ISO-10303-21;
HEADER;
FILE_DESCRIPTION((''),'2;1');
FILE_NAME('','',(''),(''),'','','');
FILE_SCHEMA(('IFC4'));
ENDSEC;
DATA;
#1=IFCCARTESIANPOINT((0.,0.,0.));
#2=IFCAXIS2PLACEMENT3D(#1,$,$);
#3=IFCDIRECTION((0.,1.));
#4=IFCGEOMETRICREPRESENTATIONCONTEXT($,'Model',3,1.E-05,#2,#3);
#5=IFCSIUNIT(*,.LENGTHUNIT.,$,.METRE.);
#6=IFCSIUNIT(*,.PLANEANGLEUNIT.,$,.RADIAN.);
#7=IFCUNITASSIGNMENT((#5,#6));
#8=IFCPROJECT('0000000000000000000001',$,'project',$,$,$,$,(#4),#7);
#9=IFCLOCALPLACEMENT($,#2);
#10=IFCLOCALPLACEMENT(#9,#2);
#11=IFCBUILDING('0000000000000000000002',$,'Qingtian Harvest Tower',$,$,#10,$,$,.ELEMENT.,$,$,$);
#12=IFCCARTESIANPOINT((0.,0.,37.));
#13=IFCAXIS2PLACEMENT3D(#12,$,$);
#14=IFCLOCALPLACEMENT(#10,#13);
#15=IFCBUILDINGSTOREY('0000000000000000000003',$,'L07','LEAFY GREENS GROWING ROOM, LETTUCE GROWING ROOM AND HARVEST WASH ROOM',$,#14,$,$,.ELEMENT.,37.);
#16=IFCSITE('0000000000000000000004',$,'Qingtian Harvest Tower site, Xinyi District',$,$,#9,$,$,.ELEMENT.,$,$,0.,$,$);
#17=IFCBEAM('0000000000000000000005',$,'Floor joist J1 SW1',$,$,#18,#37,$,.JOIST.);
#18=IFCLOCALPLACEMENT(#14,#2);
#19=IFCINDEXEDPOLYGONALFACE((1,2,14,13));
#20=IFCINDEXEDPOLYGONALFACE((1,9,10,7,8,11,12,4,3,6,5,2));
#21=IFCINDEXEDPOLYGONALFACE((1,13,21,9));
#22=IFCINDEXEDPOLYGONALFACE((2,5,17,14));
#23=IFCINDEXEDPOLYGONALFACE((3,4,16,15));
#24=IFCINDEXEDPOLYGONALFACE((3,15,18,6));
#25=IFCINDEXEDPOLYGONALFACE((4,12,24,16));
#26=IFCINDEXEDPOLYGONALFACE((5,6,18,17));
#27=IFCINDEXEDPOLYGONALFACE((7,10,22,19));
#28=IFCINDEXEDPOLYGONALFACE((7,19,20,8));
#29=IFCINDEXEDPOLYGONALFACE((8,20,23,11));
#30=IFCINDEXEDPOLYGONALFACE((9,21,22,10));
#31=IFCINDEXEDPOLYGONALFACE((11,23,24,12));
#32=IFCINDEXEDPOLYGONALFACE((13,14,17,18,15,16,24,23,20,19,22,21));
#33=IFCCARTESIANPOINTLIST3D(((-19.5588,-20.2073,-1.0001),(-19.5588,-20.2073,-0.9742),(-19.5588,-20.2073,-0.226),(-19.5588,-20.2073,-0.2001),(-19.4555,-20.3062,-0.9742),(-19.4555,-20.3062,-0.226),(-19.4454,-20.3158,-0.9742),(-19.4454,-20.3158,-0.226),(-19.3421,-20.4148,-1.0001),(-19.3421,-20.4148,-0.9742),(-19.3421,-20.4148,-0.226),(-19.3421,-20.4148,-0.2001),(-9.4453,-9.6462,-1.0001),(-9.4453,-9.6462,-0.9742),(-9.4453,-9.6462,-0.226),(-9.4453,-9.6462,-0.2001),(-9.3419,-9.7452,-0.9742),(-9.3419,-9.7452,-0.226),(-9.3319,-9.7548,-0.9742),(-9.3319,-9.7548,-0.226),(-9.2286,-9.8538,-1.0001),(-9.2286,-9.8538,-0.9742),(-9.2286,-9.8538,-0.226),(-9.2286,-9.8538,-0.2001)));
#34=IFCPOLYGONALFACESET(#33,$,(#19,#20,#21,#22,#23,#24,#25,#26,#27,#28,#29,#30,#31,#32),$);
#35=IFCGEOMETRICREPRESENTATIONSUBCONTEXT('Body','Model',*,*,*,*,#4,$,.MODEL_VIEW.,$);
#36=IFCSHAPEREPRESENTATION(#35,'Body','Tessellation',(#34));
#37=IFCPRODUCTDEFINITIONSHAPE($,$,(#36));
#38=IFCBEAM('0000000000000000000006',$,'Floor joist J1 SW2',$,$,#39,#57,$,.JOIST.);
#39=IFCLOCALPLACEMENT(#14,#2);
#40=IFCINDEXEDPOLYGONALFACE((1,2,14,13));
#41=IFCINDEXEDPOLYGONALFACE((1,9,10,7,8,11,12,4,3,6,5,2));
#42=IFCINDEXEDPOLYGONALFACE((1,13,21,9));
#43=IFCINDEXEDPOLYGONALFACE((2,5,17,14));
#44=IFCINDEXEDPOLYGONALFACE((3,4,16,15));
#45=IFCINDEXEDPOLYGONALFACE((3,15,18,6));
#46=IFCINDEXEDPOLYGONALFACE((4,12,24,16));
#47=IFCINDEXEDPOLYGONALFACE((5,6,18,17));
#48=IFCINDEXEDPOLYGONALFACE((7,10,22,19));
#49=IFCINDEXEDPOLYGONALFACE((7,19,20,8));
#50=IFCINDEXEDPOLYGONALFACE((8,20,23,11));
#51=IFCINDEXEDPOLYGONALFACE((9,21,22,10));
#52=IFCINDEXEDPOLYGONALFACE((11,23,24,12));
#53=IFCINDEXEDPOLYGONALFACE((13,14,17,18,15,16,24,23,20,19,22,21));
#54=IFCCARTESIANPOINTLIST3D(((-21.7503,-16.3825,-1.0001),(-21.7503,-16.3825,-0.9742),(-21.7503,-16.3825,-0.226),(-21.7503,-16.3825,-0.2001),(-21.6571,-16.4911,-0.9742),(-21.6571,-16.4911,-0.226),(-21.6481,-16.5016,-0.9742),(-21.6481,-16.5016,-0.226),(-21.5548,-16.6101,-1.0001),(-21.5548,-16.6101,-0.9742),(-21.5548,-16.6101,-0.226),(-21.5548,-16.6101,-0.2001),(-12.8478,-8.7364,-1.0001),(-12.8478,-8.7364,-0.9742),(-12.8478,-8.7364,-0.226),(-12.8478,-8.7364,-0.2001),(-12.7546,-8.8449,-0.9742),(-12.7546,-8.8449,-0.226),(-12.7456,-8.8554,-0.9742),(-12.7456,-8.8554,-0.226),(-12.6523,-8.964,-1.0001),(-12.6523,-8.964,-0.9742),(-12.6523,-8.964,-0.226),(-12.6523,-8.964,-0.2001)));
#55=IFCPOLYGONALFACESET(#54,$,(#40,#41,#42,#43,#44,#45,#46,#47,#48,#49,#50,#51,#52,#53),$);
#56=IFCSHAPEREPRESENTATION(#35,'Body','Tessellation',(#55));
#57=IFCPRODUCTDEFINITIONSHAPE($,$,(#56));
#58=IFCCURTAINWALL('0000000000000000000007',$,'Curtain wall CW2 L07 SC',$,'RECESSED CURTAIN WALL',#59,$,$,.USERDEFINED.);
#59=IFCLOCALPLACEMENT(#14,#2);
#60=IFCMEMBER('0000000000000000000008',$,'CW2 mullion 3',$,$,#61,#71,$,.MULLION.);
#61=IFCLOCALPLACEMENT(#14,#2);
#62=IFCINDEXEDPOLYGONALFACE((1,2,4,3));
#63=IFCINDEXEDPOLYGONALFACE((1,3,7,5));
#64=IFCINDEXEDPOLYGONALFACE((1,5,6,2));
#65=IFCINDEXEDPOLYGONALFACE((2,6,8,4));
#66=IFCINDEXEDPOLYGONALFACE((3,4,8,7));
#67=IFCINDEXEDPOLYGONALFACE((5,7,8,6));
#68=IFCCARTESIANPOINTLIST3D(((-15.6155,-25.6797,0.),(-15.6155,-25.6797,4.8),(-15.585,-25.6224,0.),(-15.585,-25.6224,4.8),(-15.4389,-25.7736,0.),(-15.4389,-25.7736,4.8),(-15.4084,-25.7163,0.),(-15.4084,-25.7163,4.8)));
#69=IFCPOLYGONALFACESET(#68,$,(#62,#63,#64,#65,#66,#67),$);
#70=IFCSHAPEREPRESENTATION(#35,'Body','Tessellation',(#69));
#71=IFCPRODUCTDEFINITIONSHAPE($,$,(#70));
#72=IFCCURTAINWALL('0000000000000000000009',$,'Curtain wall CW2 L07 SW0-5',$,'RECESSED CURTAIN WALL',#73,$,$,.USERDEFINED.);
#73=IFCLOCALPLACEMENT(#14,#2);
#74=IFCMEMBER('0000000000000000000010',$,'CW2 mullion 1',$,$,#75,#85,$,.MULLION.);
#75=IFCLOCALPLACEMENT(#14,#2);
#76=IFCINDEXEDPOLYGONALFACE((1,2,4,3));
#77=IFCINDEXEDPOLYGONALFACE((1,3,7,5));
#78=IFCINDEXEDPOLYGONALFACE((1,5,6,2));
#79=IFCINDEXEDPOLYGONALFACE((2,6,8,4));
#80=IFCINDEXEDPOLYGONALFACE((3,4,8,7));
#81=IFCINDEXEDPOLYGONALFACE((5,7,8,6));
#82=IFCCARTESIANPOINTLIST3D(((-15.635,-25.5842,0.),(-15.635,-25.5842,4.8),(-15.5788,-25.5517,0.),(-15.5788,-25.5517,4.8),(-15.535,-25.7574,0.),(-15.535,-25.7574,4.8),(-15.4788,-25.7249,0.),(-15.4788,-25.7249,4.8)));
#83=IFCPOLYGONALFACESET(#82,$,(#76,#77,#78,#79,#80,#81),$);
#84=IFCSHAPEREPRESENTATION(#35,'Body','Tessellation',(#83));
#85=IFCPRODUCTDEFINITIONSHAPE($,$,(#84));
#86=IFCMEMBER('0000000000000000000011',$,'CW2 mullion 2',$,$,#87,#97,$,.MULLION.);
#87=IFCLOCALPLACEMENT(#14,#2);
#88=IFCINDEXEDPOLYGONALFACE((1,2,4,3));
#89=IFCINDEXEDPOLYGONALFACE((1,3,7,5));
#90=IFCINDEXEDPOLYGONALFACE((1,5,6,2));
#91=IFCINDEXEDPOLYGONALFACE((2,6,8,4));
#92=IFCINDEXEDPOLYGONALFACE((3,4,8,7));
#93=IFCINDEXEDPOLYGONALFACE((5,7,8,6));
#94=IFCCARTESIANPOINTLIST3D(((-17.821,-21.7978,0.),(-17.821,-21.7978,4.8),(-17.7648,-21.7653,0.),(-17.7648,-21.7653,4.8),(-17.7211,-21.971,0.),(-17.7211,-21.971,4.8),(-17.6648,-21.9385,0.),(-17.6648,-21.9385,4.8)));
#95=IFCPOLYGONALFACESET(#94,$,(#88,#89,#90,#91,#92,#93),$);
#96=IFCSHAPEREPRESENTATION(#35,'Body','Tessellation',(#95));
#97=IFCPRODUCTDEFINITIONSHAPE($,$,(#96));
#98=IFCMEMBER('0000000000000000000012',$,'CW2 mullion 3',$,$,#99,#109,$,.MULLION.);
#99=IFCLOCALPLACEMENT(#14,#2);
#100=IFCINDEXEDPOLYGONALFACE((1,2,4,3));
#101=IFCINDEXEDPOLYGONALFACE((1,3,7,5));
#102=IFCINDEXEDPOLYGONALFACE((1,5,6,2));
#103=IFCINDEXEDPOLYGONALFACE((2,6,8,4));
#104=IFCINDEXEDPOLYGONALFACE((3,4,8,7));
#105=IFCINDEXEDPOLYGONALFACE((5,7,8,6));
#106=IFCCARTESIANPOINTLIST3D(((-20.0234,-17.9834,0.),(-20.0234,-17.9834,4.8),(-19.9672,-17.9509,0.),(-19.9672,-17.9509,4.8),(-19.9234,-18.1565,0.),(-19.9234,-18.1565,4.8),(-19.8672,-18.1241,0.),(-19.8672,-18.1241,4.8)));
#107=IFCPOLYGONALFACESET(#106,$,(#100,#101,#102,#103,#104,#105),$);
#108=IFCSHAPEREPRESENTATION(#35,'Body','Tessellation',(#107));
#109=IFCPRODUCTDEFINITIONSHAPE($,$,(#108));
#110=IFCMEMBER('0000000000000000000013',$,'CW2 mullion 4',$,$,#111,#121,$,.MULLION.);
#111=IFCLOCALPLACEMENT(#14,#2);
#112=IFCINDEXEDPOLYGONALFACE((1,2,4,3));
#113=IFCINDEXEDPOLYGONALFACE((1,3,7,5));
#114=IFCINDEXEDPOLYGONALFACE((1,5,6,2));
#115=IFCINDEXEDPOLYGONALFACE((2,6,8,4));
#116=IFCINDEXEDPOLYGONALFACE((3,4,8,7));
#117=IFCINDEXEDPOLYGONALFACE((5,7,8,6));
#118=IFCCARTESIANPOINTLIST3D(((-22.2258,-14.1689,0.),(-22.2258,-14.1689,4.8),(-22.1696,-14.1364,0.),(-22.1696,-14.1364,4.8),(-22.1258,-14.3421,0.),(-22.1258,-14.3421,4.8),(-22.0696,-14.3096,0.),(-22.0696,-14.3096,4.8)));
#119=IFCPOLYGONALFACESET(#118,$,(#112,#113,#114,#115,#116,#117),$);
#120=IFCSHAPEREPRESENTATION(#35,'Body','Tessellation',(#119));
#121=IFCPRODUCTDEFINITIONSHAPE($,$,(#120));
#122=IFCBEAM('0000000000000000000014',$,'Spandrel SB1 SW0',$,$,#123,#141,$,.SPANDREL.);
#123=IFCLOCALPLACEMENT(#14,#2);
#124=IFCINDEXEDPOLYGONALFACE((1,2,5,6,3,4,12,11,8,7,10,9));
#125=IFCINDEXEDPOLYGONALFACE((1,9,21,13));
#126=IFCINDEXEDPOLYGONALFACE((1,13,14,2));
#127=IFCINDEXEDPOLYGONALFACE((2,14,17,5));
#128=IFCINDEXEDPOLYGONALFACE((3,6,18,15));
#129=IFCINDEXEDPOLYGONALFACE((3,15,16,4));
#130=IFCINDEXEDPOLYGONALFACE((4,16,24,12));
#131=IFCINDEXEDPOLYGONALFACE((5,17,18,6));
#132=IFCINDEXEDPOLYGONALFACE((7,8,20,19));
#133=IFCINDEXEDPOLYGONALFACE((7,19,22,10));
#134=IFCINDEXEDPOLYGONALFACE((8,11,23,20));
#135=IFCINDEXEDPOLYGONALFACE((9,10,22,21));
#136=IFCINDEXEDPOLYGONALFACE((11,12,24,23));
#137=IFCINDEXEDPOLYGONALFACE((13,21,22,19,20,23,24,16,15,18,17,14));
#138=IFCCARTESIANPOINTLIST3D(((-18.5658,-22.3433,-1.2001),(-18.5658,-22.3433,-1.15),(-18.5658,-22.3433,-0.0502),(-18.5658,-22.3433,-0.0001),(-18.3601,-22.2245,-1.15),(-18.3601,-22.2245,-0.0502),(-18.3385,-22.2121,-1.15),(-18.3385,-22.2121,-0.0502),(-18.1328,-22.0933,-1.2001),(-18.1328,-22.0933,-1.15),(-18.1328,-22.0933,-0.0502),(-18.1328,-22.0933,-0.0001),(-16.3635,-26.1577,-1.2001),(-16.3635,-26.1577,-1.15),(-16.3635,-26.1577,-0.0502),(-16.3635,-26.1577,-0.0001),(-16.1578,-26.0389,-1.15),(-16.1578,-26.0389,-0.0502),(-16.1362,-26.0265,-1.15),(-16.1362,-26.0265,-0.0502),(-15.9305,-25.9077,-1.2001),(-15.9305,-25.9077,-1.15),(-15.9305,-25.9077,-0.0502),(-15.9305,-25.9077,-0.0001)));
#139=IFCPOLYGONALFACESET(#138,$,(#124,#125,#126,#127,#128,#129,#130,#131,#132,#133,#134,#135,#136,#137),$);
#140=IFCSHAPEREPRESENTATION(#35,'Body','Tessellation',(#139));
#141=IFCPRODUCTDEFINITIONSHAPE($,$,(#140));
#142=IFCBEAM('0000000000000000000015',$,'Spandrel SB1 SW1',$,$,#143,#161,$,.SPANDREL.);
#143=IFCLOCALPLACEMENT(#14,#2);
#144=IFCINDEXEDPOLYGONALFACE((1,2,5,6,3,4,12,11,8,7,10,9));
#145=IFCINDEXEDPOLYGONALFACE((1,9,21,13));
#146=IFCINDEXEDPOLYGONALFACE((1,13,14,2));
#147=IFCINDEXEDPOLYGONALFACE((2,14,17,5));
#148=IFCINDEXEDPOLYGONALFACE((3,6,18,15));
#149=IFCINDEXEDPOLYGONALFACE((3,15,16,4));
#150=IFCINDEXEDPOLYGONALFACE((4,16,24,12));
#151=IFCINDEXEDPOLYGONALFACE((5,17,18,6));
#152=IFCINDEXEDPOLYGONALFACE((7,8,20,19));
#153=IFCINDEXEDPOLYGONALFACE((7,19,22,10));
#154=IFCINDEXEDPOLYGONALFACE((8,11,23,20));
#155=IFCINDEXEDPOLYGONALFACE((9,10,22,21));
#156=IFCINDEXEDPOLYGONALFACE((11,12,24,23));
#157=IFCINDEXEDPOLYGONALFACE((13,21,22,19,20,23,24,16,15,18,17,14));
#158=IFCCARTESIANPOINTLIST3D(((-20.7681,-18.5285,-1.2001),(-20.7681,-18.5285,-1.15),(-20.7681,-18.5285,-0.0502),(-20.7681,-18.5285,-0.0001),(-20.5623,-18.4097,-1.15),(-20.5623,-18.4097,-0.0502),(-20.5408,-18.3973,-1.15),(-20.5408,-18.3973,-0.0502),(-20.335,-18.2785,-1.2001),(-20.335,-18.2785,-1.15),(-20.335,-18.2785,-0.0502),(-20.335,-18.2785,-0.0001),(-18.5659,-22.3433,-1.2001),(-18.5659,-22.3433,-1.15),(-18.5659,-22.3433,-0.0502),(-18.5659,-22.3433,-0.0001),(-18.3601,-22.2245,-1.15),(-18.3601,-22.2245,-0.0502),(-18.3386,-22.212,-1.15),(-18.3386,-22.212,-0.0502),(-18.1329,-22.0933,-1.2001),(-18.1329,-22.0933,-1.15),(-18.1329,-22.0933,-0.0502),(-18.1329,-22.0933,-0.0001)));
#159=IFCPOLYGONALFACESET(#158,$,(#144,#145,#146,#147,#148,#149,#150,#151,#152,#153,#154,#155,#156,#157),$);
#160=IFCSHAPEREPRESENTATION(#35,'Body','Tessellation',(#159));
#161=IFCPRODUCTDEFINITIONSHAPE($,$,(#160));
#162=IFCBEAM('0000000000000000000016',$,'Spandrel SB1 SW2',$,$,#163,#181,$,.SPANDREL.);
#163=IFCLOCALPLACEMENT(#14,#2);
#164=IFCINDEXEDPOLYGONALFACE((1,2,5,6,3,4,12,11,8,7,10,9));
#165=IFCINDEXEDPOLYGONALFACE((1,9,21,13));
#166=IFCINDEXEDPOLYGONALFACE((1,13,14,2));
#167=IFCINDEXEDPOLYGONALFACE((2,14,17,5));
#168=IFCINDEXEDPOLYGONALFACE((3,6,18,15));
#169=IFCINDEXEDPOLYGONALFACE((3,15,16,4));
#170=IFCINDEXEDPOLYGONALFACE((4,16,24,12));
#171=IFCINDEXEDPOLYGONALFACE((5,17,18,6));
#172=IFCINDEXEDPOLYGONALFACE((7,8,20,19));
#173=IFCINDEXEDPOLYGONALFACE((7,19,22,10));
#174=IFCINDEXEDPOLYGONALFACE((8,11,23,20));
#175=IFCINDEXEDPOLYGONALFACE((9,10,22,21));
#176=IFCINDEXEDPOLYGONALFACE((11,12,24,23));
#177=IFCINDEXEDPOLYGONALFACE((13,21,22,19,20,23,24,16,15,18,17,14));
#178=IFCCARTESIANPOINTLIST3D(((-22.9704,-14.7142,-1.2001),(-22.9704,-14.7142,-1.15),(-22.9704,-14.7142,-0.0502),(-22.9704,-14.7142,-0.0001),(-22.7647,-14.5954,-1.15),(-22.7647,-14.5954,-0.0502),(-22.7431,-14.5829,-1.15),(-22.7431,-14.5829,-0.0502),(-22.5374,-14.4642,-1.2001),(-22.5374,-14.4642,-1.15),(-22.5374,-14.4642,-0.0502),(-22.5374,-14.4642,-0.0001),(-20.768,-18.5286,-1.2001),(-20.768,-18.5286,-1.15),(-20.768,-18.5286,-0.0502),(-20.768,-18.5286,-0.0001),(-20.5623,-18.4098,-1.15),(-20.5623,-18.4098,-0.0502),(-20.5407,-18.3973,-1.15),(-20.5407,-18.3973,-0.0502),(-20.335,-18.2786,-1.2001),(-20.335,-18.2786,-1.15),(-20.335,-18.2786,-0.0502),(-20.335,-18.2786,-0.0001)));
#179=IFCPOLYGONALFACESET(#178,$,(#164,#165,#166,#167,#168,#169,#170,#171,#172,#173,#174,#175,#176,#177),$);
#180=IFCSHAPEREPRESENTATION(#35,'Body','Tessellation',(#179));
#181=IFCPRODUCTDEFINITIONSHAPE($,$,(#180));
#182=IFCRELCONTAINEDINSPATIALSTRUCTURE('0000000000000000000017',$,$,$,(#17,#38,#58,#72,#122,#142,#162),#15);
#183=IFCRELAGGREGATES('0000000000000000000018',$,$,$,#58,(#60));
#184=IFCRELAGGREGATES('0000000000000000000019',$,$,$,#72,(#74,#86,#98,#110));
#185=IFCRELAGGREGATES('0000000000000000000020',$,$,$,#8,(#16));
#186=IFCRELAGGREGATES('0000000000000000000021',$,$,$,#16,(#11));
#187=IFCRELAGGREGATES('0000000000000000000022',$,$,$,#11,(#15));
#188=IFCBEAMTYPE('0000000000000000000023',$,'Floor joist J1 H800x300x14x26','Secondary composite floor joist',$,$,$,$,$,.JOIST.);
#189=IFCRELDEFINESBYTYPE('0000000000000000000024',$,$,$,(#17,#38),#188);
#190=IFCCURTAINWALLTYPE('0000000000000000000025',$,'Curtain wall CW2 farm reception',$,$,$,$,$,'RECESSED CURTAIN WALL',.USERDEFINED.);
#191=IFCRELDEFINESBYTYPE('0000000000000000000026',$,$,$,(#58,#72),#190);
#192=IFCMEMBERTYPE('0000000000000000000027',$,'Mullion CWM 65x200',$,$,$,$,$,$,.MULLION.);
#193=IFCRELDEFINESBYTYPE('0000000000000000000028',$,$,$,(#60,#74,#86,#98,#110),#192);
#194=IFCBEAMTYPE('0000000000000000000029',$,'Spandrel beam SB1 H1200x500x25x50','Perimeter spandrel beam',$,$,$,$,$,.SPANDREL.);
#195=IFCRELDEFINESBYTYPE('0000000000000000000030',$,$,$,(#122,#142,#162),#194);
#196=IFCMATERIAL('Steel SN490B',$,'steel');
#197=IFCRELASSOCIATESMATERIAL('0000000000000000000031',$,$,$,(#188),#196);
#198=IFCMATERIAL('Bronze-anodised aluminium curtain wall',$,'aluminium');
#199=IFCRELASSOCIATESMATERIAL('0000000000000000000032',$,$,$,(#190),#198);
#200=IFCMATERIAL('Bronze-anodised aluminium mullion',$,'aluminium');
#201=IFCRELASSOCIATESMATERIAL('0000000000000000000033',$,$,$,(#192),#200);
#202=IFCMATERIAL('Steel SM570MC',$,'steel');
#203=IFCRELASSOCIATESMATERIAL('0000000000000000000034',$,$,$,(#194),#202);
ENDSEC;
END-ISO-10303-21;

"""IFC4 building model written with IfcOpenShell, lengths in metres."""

from ifc_helpers import new_model, si_unit, direction, frame, origin, origin_2d, place, context, subcontext, project, spatial, rectangle, i_section, extrude, material, material_profile, profile_set, type_object, element, aggregate, save


model = new_model("IFC4")

# Units and contexts
model_context = context("Model", 3, precision=1e-05, world=origin(), true_north=direction((0.0, 1.0)))
body_context = subcontext(model_context, "Body", "Model", "MODEL_VIEW")
ifc_project = project(units=[si_unit("LENGTHUNIT", "METRE"), si_unit("PLANEANGLEUNIT", "RADIAN")], contexts=[model_context])

# Site, building, storey
site_placement = place(None, origin())
site = spatial("IfcSite", under=ifc_project, at=site_placement, Name="Qingtian Harvest Tower site, Xinyi District", CompositionType="ELEMENT", RefElevation=0.0)
building_placement = place(site_placement, origin())
building = spatial("IfcBuilding", under=site, at=building_placement, Name="Qingtian Harvest Tower", CompositionType="ELEMENT")
storey_placement = place(building_placement, frame((0.0, 0.0, 37.0)))
storey = spatial("IfcBuildingStorey", under=building, at=storey_placement, Name="L07", Description="LEAFY GREENS GROWING ROOM, LETTUCE GROWING ROOM AND HARVEST WASH ROOM", CompositionType="ELEMENT", Elevation=37.0)

# Beams
ifc_material_1 = material(Name="Steel SN490B", Category="steel")
ifc_material_profile_1 = material_profile(ifc_material_1, i_section(OverallWidth=0.3, OverallDepth=0.8, WebThickness=0.0139, FlangeThickness=0.0259, at=origin_2d()), Name="H800x300x14x26")
ifc_profile_set_1 = profile_set([ifc_material_profile_1], Name="Steel SN490B")
beam_type_1 = type_object("IfcBeamType", Name="Floor joist J1 H800x300x14x26", Description="Secondary composite floor joist", PredefinedType="JOIST", material=ifc_profile_set_1)
beam_1_placement = place(storey_placement, frame((-19.4504, -20.311, -0.6001), z_axis=(0.691639, 0.722243, 0.0), x_axis=(-0.722243, 0.691639, 0.0)))
element("IfcBeam", 1, at=beam_1_placement, inside=storey, type_object=beam_type_1, Name="Floor joist J1 SW1", PredefinedType="JOIST", context=body_context, shape_type="SweptSolid", body=[
    extrude(i_section(OverallWidth=0.3, OverallDepth=0.8, WebThickness=0.0139, FlangeThickness=0.0259, at=origin_2d()), origin(), (0.0, 0.0, 1.0), 14.6226),
])
beam_2_placement = place(storey_placement, frame((-21.6526, -16.4963, -0.6001), z_axis=(0.758606, 0.65155, 0.0), x_axis=(-0.65155, 0.758606, 0.0)))
element("IfcBeam", 2, at=beam_2_placement, inside=storey, type_object=beam_type_1, Name="Floor joist J1 SW2", PredefinedType="JOIST", context=body_context, shape_type="SweptSolid", body=[
    extrude(i_section(OverallWidth=0.3, OverallDepth=0.8, WebThickness=0.0139, FlangeThickness=0.0259, at=origin_2d()), origin(), (0.0, 0.0, 1.0), 11.7354),
])

# Curtain wall, member
ifc_material_2 = material(Name="Bronze-anodised aluminium curtain wall", Category="aluminium")
curtain_wall_type = type_object("IfcCurtainWallType", Name="Curtain wall CW2 farm reception", ElementType="RECESSED CURTAIN WALL", PredefinedType="USERDEFINED", material=ifc_material_2)
curtain_wall_1_placement = place(storey_placement, origin())
curtain_wall_1 = element("IfcCurtainWall", 3, at=curtain_wall_1_placement, inside=storey, type_object=curtain_wall_type, Name="Curtain wall CW2 L07 SC", ObjectType="RECESSED CURTAIN WALL", PredefinedType="USERDEFINED")
ifc_material_3 = material(Name="Bronze-anodised aluminium mullion", Category="aluminium")
ifc_material_profile_2 = material_profile(ifc_material_3, rectangle(XDim=0.0649, YDim=0.2, at=origin_2d()), Name="AL 65x200")
ifc_profile_set_2 = profile_set([ifc_material_profile_2], Name="Bronze-anodised aluminium mullion")
member_type_1 = type_object("IfcMemberType", Name="Mullion CWM 65x200", PredefinedType="MULLION", material=ifc_profile_set_2)
member_1_placement = place(storey_placement, frame((-15.512, -25.698, 0.0), z_axis=(0.0, 0.0, 1.0), x_axis=(-0.469472, -0.882948, 0.0)))
member_1 = element("IfcMember", 4, at=member_1_placement, type_object=member_type_1, Name="CW2 mullion 3", PredefinedType="MULLION", context=body_context, shape_type="SweptSolid", body=[
    extrude(rectangle(XDim=0.0649, YDim=0.2, at=origin_2d()), origin(), (0.0, 0.0, 1.0), 4.8),
])

# Curtain wall, members
curtain_wall_2_placement = place(storey_placement, origin())
curtain_wall_2 = element("IfcCurtainWall", 5, at=curtain_wall_2_placement, inside=storey, type_object=curtain_wall_type, Name="Curtain wall CW2 L07 SW0-5", ObjectType="RECESSED CURTAIN WALL", PredefinedType="USERDEFINED")
member_2_placement = place(storey_placement, frame((-15.5569, -25.6545, 0.0), z_axis=(0.0, 0.0, 1.0), x_axis=(-0.866025, -0.5, 0.0)))
member_2 = element("IfcMember", 6, at=member_2_placement, type_object=member_type_1, Name="CW2 mullion 1", PredefinedType="MULLION", context=body_context, shape_type="SweptSolid", body=[
    extrude(rectangle(XDim=0.0649, YDim=0.2, at=origin_2d()), origin(), (0.0, 0.0, 1.0), 4.8),
])
member_3_placement = place(storey_placement, frame((-17.7429, -21.8682, 0.0), z_axis=(0.0, 0.0, 1.0), x_axis=(-0.866025, -0.5, 0.0)))
member_3 = element("IfcMember", 7, at=member_3_placement, type_object=member_type_1, Name="CW2 mullion 2", PredefinedType="MULLION", context=body_context, shape_type="SweptSolid", body=[
    extrude(rectangle(XDim=0.0649, YDim=0.2, at=origin_2d()), origin(), (0.0, 0.0, 1.0), 4.8),
])
member_4_placement = place(storey_placement, frame((-19.9453, -18.0537, 0.0), z_axis=(0.0, 0.0, 1.0), x_axis=(-0.866025, -0.5, 0.0)))
member_4 = element("IfcMember", 8, at=member_4_placement, type_object=member_type_1, Name="CW2 mullion 3", PredefinedType="MULLION", context=body_context, shape_type="SweptSolid", body=[
    extrude(rectangle(XDim=0.0649, YDim=0.2, at=origin_2d()), origin(), (0.0, 0.0, 1.0), 4.8),
])
member_5_placement = place(storey_placement, frame((-22.1477, -14.2393, 0.0), z_axis=(0.0, 0.0, 1.0), x_axis=(-0.866025, -0.5, 0.0)))
member_5 = element("IfcMember", 9, at=member_5_placement, type_object=member_type_1, Name="CW2 mullion 4", PredefinedType="MULLION", context=body_context, shape_type="SweptSolid", body=[
    extrude(rectangle(XDim=0.0649, YDim=0.2, at=origin_2d()), origin(), (0.0, 0.0, 1.0), 4.8),
])

# Beams
ifc_material_4 = material(Name="Steel SM570MC", Category="steel")
ifc_material_profile_3 = material_profile(ifc_material_4, i_section(OverallWidth=0.5, OverallDepth=1.2, WebThickness=0.0249, FlangeThickness=0.05, at=origin_2d()), Name="H1200x500x25x50")
ifc_profile_set_3 = profile_set([ifc_material_profile_3], Name="Steel SM570MC")
beam_type_2 = type_object("IfcBeamType", Name="Spandrel beam SB1 H1200x500x25x50", Description="Perimeter spandrel beam", PredefinedType="SPANDREL", material=ifc_profile_set_3)
beam_3_placement = place(storey_placement, frame((-16.147, -26.0327, -0.6001), z_axis=(-0.50002, 0.866014, 0.0), x_axis=(-0.866014, -0.50002, 0.0)))
element("IfcBeam", 10, at=beam_3_placement, inside=storey, type_object=beam_type_2, Name="Spandrel SB1 SW0", PredefinedType="SPANDREL", context=body_context, shape_type="SweptSolid", body=[
    extrude(i_section(OverallWidth=0.5, OverallDepth=1.2, WebThickness=0.0249, FlangeThickness=0.05, at=origin_2d()), origin(), (0.0, 0.0, 1.0), 4.4045),
])
beam_4_placement = place(storey_placement, frame((-18.3494, -22.2183, -0.6001), z_axis=(-0.499954, 0.866052, 0.0), x_axis=(-0.866052, -0.499954, 0.0)))
element("IfcBeam", 11, at=beam_4_placement, inside=storey, type_object=beam_type_2, Name="Spandrel SB1 SW1", PredefinedType="SPANDREL", context=body_context, shape_type="SweptSolid", body=[
    extrude(i_section(OverallWidth=0.5, OverallDepth=1.2, WebThickness=0.0249, FlangeThickness=0.05, at=origin_2d()), origin(), (0.0, 0.0, 1.0), 4.4048),
])
for number, where, z_axis, x_axis, name in (
    (12, (-20.5515, -18.4036, -0.6001), (-0.50002, 0.866014, 0.0), (-0.866014, -0.50002, 0.0), "Spandrel SB1 SW2"),
):
    element("IfcBeam", number, at=place(storey_placement, frame(where, z_axis=z_axis, x_axis=x_axis)), inside=storey, type_object=beam_type_2, Name=name, PredefinedType="SPANDREL", context=body_context, shape_type="SweptSolid", body=[
        extrude(i_section(OverallWidth=0.5, OverallDepth=1.2, WebThickness=0.0249, FlangeThickness=0.05, at=origin_2d()), origin(), (0.0, 0.0, 1.0), 4.4045),
    ])

aggregate(curtain_wall_1, [member_1])
aggregate(curtain_wall_2, [member_2, member_3, member_4, member_5])

save(model, "model.ifc")
